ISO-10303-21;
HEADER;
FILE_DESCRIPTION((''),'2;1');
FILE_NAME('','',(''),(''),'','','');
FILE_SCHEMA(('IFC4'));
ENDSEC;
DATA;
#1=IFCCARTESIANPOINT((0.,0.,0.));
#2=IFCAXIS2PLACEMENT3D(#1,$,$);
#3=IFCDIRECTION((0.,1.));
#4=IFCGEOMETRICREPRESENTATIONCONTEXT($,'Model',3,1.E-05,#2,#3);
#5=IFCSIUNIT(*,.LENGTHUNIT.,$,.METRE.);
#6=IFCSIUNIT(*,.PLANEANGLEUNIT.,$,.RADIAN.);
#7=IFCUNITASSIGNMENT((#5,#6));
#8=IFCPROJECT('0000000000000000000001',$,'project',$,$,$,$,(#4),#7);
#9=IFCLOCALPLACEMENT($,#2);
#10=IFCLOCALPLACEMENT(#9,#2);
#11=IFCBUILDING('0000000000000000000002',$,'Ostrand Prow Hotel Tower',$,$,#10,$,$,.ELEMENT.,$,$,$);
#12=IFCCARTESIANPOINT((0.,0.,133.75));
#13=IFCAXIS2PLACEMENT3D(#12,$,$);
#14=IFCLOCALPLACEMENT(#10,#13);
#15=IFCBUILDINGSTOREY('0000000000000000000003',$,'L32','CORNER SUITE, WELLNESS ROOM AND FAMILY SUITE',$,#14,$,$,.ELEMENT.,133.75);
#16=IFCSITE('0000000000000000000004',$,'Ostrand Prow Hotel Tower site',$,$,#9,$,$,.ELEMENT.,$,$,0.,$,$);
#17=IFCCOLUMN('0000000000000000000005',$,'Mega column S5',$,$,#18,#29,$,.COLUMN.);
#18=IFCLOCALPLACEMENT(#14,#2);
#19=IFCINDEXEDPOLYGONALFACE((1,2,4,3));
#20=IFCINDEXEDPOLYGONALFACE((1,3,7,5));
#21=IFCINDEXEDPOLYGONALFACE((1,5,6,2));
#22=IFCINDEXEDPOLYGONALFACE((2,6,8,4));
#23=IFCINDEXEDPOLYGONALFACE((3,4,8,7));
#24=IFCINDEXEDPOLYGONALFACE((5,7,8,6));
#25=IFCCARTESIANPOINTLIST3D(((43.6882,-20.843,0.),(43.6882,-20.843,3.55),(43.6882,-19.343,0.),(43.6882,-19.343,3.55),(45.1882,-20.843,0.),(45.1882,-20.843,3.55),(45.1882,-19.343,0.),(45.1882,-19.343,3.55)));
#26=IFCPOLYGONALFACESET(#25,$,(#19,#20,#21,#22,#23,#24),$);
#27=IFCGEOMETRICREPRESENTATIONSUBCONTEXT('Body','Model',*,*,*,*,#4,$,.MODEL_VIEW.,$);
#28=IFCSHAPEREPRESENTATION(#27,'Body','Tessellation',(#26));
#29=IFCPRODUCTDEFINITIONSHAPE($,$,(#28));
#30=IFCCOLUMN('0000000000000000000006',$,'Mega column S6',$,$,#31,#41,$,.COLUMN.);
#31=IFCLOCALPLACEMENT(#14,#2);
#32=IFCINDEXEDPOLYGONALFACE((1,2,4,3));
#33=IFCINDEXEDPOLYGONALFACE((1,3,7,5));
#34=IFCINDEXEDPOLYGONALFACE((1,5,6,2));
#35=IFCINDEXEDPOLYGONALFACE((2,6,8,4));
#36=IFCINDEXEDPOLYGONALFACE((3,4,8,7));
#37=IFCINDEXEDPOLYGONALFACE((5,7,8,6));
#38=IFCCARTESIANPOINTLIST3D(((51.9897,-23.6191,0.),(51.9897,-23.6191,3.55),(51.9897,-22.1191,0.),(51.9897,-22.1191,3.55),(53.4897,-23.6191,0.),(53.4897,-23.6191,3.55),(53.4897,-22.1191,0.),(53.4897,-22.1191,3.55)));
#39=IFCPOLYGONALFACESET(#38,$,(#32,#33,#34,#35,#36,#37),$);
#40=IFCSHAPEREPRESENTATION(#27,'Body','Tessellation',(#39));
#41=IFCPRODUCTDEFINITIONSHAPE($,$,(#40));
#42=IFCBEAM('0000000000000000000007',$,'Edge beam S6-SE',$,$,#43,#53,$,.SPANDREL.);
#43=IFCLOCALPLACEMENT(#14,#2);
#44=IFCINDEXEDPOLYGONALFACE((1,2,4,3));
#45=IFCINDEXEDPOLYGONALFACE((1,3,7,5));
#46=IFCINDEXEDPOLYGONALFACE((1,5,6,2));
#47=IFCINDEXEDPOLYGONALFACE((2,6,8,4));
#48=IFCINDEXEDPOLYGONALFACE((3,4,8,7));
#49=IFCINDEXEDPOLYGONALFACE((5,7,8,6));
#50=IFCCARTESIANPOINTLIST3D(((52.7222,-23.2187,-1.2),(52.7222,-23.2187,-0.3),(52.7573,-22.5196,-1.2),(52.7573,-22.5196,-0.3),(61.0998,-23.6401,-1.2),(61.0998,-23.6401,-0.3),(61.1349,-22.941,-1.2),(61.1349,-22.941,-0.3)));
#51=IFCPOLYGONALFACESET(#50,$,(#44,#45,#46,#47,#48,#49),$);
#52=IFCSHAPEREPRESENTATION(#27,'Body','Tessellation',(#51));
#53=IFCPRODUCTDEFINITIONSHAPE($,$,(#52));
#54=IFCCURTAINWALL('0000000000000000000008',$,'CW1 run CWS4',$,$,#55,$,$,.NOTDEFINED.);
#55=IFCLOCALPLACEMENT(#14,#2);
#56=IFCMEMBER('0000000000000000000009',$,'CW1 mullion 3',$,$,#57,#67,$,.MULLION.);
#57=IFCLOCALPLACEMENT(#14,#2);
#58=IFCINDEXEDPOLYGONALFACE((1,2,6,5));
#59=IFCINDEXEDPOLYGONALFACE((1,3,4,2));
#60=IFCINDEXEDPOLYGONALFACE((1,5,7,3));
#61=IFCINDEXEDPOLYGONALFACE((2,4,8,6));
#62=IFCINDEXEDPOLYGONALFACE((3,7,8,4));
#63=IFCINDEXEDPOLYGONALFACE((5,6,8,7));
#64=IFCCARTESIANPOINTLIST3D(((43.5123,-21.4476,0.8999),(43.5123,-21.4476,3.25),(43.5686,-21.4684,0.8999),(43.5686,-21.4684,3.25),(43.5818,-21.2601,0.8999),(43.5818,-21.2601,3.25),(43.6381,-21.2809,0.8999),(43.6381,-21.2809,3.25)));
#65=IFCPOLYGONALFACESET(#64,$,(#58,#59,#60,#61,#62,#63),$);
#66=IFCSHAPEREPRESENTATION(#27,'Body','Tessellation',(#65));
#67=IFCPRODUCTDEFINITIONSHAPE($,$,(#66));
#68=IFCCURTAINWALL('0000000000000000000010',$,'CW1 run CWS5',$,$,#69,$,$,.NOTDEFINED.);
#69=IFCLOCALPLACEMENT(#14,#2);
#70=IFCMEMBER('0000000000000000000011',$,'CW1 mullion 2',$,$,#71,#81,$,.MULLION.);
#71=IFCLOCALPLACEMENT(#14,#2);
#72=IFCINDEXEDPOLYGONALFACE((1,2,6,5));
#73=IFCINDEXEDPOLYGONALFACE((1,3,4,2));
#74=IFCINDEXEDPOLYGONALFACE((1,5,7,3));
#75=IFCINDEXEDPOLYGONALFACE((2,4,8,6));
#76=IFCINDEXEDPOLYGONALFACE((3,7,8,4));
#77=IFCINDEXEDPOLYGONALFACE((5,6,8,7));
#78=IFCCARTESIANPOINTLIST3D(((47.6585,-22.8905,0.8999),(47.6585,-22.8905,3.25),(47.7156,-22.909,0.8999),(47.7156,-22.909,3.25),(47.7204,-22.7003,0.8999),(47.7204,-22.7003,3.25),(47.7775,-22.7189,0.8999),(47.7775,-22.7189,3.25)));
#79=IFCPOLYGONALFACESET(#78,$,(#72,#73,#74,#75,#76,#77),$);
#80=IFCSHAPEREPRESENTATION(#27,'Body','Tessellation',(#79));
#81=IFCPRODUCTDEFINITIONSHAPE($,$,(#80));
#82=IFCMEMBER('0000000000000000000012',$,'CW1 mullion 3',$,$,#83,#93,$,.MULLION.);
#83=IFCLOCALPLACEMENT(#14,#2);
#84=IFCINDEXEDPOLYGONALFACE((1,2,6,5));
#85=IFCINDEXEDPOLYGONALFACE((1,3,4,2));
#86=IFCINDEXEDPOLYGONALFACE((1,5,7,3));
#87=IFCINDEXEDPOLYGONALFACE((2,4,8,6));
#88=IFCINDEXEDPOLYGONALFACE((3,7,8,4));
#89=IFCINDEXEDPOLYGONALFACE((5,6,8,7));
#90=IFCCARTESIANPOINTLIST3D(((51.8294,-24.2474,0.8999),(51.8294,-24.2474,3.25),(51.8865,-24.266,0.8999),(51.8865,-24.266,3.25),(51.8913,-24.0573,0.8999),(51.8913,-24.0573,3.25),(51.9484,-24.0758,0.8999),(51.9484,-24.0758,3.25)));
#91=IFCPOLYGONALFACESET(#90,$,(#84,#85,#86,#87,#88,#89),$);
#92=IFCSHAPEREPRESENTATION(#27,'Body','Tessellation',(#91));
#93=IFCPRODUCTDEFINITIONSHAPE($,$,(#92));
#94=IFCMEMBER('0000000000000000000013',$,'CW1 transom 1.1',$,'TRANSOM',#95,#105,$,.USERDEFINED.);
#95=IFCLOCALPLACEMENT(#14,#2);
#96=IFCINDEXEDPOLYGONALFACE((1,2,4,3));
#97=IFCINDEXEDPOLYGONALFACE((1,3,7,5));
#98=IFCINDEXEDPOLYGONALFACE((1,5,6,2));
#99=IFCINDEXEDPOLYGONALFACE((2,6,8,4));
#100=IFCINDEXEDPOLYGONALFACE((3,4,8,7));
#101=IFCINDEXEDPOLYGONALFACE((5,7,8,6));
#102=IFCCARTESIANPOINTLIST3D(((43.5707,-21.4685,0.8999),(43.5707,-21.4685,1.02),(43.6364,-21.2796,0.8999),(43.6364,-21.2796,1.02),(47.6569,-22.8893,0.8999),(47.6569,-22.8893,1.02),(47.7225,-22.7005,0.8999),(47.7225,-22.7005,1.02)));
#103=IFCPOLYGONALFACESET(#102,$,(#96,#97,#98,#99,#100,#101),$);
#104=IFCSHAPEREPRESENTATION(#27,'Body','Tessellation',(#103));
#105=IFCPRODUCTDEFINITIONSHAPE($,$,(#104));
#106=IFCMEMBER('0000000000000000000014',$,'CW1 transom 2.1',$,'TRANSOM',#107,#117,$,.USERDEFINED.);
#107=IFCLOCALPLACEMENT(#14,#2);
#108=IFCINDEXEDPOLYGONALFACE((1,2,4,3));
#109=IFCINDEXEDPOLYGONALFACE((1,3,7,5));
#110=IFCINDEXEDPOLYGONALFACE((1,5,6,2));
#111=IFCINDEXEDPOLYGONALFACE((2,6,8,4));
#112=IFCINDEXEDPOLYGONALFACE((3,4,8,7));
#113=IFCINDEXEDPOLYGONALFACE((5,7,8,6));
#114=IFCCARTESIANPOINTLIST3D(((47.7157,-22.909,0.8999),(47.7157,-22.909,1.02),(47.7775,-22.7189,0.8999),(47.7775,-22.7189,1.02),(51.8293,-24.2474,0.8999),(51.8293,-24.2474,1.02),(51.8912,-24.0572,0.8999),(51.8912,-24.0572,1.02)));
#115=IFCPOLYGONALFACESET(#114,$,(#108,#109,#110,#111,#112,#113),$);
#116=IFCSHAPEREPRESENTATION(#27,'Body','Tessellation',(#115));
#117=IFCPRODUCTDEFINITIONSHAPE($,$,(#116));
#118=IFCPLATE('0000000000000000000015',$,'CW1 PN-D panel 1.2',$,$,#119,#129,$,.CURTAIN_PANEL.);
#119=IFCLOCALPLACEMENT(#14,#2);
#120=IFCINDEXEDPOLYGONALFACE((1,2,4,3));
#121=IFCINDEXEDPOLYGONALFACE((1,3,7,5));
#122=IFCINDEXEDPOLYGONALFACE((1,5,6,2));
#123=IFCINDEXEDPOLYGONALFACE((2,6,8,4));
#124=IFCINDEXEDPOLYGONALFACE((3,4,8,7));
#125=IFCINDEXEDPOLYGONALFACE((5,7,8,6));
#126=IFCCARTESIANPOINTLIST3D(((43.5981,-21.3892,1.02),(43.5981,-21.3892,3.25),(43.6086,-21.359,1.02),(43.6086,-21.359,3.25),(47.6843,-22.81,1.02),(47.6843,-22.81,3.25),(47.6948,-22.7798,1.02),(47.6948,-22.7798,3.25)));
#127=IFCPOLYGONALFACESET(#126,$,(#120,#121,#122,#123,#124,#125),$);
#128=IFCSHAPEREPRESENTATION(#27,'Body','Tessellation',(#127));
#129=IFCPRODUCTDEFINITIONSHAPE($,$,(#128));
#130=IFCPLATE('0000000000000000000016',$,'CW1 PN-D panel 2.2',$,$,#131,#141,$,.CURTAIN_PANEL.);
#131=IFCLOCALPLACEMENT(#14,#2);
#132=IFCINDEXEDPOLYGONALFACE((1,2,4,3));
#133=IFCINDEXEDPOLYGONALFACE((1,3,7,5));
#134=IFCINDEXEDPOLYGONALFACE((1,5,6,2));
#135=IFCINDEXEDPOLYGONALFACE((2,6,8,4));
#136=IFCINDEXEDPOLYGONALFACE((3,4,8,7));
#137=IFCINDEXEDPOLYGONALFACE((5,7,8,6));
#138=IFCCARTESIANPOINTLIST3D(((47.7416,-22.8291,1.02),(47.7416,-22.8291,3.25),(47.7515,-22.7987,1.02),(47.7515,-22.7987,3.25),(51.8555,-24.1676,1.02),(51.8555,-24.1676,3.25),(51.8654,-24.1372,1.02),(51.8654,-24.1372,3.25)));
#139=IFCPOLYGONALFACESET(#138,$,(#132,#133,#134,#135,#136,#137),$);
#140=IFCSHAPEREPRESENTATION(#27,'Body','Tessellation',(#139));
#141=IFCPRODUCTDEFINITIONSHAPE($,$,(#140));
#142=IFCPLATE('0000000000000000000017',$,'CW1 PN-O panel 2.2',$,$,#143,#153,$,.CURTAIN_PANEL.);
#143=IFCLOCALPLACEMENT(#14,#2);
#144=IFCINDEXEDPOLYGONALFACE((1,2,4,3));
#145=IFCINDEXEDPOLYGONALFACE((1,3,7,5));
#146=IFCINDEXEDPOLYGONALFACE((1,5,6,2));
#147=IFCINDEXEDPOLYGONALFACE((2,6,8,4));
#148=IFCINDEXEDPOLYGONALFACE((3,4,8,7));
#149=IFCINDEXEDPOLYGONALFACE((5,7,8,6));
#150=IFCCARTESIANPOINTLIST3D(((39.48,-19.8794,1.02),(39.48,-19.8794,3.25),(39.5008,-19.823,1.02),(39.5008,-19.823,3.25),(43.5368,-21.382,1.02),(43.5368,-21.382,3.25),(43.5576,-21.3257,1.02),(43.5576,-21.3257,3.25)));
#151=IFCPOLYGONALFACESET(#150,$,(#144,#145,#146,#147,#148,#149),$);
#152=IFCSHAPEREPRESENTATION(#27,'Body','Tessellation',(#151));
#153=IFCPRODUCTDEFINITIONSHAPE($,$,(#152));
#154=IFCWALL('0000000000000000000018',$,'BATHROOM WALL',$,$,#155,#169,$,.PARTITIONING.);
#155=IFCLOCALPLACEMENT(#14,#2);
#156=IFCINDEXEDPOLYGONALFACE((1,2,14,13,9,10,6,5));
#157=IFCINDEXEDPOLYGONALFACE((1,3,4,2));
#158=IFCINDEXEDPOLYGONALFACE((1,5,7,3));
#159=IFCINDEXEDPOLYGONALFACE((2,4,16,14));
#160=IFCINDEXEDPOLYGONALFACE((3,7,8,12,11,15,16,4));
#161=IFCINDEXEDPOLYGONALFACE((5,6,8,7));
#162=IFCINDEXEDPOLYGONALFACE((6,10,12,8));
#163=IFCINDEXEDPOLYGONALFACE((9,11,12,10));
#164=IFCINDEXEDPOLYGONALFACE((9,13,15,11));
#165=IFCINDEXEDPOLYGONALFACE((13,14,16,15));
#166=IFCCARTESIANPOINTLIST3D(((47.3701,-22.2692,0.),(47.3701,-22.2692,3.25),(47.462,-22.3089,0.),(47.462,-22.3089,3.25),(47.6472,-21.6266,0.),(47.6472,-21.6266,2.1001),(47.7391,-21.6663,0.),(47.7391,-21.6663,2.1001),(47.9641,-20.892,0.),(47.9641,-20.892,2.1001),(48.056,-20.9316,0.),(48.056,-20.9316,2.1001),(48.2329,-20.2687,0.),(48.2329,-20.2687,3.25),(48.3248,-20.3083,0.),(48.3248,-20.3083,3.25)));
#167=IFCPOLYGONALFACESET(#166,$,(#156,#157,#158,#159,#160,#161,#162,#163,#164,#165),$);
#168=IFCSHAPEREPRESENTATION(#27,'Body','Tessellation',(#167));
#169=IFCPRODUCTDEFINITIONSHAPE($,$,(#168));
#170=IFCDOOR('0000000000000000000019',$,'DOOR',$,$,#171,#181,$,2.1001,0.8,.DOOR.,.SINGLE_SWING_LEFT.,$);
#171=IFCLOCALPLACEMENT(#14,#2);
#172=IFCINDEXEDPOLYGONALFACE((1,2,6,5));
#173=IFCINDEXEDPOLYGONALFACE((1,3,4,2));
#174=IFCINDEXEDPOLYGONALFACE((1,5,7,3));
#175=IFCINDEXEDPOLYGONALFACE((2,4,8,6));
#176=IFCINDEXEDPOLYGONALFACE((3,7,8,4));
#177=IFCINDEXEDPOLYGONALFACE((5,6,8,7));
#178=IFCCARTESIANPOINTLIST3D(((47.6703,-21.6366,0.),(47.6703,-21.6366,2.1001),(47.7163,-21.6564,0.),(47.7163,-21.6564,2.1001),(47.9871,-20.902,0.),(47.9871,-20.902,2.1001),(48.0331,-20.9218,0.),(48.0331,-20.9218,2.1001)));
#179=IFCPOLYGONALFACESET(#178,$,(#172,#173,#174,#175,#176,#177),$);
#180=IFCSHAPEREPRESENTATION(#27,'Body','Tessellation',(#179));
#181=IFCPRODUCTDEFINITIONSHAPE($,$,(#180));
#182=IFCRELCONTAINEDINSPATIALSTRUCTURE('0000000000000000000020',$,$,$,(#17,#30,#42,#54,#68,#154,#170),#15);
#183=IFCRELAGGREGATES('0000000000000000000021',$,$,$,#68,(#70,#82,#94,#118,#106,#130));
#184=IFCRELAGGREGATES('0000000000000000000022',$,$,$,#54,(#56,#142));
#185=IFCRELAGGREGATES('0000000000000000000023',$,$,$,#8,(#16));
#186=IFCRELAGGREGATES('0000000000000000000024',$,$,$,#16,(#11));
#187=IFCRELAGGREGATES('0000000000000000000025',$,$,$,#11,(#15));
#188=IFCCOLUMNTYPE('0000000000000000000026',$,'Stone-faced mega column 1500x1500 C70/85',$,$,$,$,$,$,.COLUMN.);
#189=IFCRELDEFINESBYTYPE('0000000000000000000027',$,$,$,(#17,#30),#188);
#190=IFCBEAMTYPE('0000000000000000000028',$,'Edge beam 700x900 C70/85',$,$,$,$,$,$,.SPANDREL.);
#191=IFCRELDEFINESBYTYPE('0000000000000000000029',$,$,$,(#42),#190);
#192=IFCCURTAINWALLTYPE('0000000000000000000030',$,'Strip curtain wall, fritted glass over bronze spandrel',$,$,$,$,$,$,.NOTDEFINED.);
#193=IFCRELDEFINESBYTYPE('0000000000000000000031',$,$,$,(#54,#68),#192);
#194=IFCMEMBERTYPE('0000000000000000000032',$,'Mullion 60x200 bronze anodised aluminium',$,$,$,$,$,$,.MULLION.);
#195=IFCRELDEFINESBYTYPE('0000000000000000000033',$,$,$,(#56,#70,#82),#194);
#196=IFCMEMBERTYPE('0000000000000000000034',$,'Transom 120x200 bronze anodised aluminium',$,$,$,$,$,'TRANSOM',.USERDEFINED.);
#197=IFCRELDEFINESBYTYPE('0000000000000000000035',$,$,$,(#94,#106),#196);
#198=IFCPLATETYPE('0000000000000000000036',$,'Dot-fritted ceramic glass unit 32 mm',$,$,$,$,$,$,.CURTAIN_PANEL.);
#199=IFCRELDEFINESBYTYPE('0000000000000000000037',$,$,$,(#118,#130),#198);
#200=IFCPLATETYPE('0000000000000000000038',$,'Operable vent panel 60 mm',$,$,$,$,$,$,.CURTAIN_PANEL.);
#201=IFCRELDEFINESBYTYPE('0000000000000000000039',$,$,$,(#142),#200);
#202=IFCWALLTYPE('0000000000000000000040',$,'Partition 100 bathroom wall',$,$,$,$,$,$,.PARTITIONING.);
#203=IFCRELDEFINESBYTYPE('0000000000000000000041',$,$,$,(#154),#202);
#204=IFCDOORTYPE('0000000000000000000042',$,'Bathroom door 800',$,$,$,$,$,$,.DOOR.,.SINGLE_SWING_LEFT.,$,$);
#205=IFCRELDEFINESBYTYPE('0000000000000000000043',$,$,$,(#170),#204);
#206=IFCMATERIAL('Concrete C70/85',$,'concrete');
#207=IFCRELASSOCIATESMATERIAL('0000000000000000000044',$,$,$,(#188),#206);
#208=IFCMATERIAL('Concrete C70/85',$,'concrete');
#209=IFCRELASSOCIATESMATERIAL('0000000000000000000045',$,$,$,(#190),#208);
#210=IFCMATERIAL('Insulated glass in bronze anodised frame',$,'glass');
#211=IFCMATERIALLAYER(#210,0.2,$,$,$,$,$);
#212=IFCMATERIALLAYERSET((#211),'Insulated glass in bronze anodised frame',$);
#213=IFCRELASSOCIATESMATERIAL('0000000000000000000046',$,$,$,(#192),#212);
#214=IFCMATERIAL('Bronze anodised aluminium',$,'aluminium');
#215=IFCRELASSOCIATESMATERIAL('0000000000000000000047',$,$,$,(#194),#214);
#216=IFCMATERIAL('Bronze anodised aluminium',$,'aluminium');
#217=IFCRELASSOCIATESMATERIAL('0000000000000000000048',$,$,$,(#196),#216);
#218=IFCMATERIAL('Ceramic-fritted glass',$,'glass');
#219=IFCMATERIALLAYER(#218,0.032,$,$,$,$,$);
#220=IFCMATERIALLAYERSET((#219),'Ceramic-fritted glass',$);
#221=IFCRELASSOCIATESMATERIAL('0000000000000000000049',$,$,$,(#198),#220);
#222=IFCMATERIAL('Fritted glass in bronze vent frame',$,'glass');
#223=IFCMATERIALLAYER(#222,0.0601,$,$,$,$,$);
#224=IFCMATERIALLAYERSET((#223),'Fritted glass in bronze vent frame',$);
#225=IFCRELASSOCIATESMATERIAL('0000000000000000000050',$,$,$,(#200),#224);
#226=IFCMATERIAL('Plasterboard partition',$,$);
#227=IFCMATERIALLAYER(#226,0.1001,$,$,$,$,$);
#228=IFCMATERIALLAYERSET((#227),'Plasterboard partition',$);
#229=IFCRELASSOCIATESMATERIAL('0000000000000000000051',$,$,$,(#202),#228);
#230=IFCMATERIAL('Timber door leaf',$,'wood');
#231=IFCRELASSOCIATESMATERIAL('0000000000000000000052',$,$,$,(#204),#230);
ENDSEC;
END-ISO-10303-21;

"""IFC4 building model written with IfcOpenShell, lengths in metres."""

from ifc_helpers import new_model, si_unit, direction, frame, frame_2d, origin, origin_2d, place, context, subcontext, project, spatial, rectangle, extrude, material, layer, layer_set, material_profile, profile_set, type_object, element, fill, aggregate, save


model = new_model("IFC4")

# Units and contexts
model_context = context("Model", 3, precision=1e-05, world=origin(), true_north=direction((0.0, 1.0)))
body_context = subcontext(model_context, "Body", "Model", "MODEL_VIEW")
ifc_project = project(units=[si_unit("LENGTHUNIT", "METRE"), si_unit("PLANEANGLEUNIT", "RADIAN")], contexts=[model_context])

# Site, building, storey
site_placement = place(None, origin())
site = spatial("IfcSite", under=ifc_project, at=site_placement, Name="Ostrand Prow Hotel Tower site", CompositionType="ELEMENT", RefElevation=0.0)
building_placement = place(site_placement, origin())
building = spatial("IfcBuilding", under=site, at=building_placement, Name="Ostrand Prow Hotel Tower", CompositionType="ELEMENT")
storey_placement = place(building_placement, frame((0.0, 0.0, 133.75)))
storey = spatial("IfcBuildingStorey", under=building, at=storey_placement, Name="L32", Description="CORNER SUITE, WELLNESS ROOM AND FAMILY SUITE", CompositionType="ELEMENT", Elevation=133.75)

# Columns
ifc_material_1 = material(Name="Concrete C70/85", Category="concrete")
ifc_material_profile_1 = material_profile(ifc_material_1, rectangle(XDim=1.5, YDim=1.5, at=origin_2d()), Name="RC 1500x1500")
ifc_profile_set_1 = profile_set([ifc_material_profile_1], Name="Concrete C70/85")
column_type = type_object("IfcColumnType", Name="Stone-faced mega column 1500x1500 C70/85", PredefinedType="COLUMN", material=ifc_profile_set_1)
for number, where, z_axis, x_axis, name in (
    (1, (44.4382, -20.093, 0.0), (0.0, 0.0, 1.0), (1.0, 0.0, 0.0), "Mega column S5"),
    (2, (52.7397, -22.8691, 0.0), (0.0, 0.0, 1.0), (1.0, 0.0, 0.0), "Mega column S6"),
):
    element("IfcColumn", number, at=place(storey_placement, frame(where, z_axis=z_axis, x_axis=x_axis)), inside=storey, type_object=column_type, Name=name, PredefinedType="COLUMN", context=body_context, shape_type="SweptSolid", body=[
        extrude(rectangle(XDim=1.5, YDim=1.5, at=origin_2d()), origin(), (0.0, 0.0, 1.0), 3.55),
    ])

# Beam
ifc_material_2 = material(Name="Concrete C70/85", Category="concrete")
ifc_material_profile_2 = material_profile(ifc_material_2, rectangle(XDim=0.7, YDim=0.8999, at=origin_2d()), Name="RC 700x900")
ifc_profile_set_2 = profile_set([ifc_material_profile_2], Name="Concrete C70/85")
beam_type = type_object("IfcBeamType", Name="Edge beam 700x900 C70/85", PredefinedType="SPANDREL", material=ifc_profile_set_2)
beam_placement = place(storey_placement, frame((52.7397, -22.8691, -0.75), z_axis=(0.998737, -0.050235, 0.0), x_axis=(0.050235, 0.998737, 0.0)))
element("IfcBeam", 3, at=beam_placement, inside=storey, type_object=beam_type, Name="Edge beam S6-SE", PredefinedType="SPANDREL", context=body_context, shape_type="SweptSolid", body=[
    extrude(rectangle(XDim=0.7, YDim=0.8999, at=origin_2d()), origin(), (0.0, 0.0, 1.0), 8.3882),
])

# Curtain wall, member
ifc_material_3 = material(Name="Insulated glass in bronze anodised frame", Category="glass")
ifc_layer_1 = layer(ifc_material_3, 0.2)
ifc_layer_set_1 = layer_set([ifc_layer_1], Name="Insulated glass in bronze anodised frame")
curtain_wall_type = type_object("IfcCurtainWallType", Name="Strip curtain wall, fritted glass over bronze spandrel", PredefinedType="NOTDEFINED", material=ifc_layer_set_1)
curtain_wall_1_placement = place(storey_placement, origin())
curtain_wall_1 = element("IfcCurtainWall", 4, at=curtain_wall_1_placement, inside=storey, type_object=curtain_wall_type, Name="CW1 run CWS4", PredefinedType="NOTDEFINED")
ifc_material_4 = material(Name="Bronze anodised aluminium", Category="aluminium")
ifc_material_profile_3 = material_profile(ifc_material_4, rectangle(XDim=0.2, YDim=0.0601, at=origin_2d()), Name="Mullion 60x200 bronze anodised aluminium")
ifc_profile_set_3 = profile_set([ifc_material_profile_3], Name="Bronze anodised aluminium")
member_type_1 = type_object("IfcMemberType", Name="Mullion 60x200 bronze anodised aluminium", PredefinedType="MULLION", material=ifc_profile_set_3)
member_1_placement = place(storey_placement, frame((43.5752, -21.3643, 0.8999), z_axis=(0.0, 0.0, 1.0), x_axis=(0.347342, 0.937739, 0.0)))
member_1 = element("IfcMember", 5, at=member_1_placement, type_object=member_type_1, Name="CW1 mullion 3", PredefinedType="MULLION", context=body_context, shape_type="SweptSolid", body=[
    extrude(rectangle(XDim=0.2, YDim=0.0601, at=origin_2d()), origin(), (0.0, 0.0, 1.0), 2.3501),
])

# Curtain wall, members, plates
curtain_wall_2_placement = place(storey_placement, origin())
curtain_wall_2 = element("IfcCurtainWall", 6, at=curtain_wall_2_placement, inside=storey, type_object=curtain_wall_type, Name="CW1 run CWS5", PredefinedType="NOTDEFINED")
member_2_placement = place(storey_placement, frame((47.718, -22.8047, 0.8999), z_axis=(0.0, 0.0, 1.0), x_axis=(0.30938, 0.950938, 0.0)))
member_2 = element("IfcMember", 7, at=member_2_placement, type_object=member_type_1, Name="CW1 mullion 2", PredefinedType="MULLION", context=body_context, shape_type="SweptSolid", body=[
    extrude(rectangle(XDim=0.2, YDim=0.0601, at=origin_2d()), origin(), (0.0, 0.0, 1.0), 2.3501),
])
member_3_placement = place(storey_placement, frame((51.8889, -24.1616, 0.8999), z_axis=(0.0, 0.0, 1.0), x_axis=(0.30938, 0.950938, 0.0)))
member_3 = element("IfcMember", 8, at=member_3_placement, type_object=member_type_1, Name="CW1 mullion 3", PredefinedType="MULLION", context=body_context, shape_type="SweptSolid", body=[
    extrude(rectangle(XDim=0.2, YDim=0.0601, at=origin_2d()), origin(), (0.0, 0.0, 1.0), 2.3501),
])
ifc_material_5 = material(Name="Bronze anodised aluminium", Category="aluminium")
ifc_material_profile_4 = material_profile(ifc_material_5, rectangle(XDim=0.2, YDim=0.1201, at=origin_2d()), Name="Transom 120x200 bronze anodised aluminium")
ifc_profile_set_4 = profile_set([ifc_material_profile_4], Name="Bronze anodised aluminium")
member_type_2 = type_object("IfcMemberType", Name="Transom 120x200 bronze anodised aluminium", ElementType="TRANSOM", PredefinedType="USERDEFINED", material=ifc_profile_set_4)
member_4_placement = place(storey_placement, frame((43.6035, -21.374, 0.96), z_axis=(0.944524, -0.328442, 0.0), x_axis=(0.328442, 0.944524, 0.0)))
member_4 = element("IfcMember", 9, at=member_4_placement, type_object=member_type_2, Name="CW1 transom 1.1", ObjectType="TRANSOM", PredefinedType="USERDEFINED", context=body_context, shape_type="SweptSolid", body=[
    extrude(rectangle(XDim=0.2, YDim=0.1201, at=origin_2d()), origin(), (0.0, 0.0, 1.0), 4.3262),
])
member_5_placement = place(storey_placement, frame((47.7466, -22.814, 0.96), z_axis=(0.950939, -0.30938, 0.0), x_axis=(0.30938, 0.950939, 0.0)))
member_5 = element("IfcMember", 10, at=member_5_placement, type_object=member_type_2, Name="CW1 transom 2.1", ObjectType="TRANSOM", PredefinedType="USERDEFINED", context=body_context, shape_type="SweptSolid", body=[
    extrude(rectangle(XDim=0.2, YDim=0.1201, at=origin_2d()), origin(), (0.0, 0.0, 1.0), 4.3259),
])
ifc_material_6 = material(Name="Ceramic-fritted glass", Category="glass")
ifc_layer_2 = layer(ifc_material_6, 0.032)
ifc_layer_set_2 = layer_set([ifc_layer_2], Name="Ceramic-fritted glass")
plate_type_1 = type_object("IfcPlateType", Name="Dot-fritted ceramic glass unit 32 mm", PredefinedType="CURTAIN_PANEL", material=ifc_layer_set_2)
plate_1_placement = place(storey_placement, frame((45.6465, -22.0845, 1.02), z_axis=(0.0, 0.0, 1.0), x_axis=(0.944529, -0.328428, 0.0)))
plate_1 = element("IfcPlate", 11, at=plate_1_placement, type_object=plate_type_1, Name="CW1 PN-D panel 1.2", PredefinedType="CURTAIN_PANEL", context=body_context, shape_type="SweptSolid", body=[
    extrude(rectangle(XDim=4.3262, YDim=0.032, at=origin_2d()), origin(), (0.0, 0.0, 1.0), 2.23),
])
plate_2_placement = place(storey_placement, frame((49.8035, -23.4832, 1.02), z_axis=(0.0, 0.0, 1.0), x_axis=(0.950938, -0.30938, 0.0)))
plate_2 = element("IfcPlate", 12, at=plate_2_placement, type_object=plate_type_1, Name="CW1 PN-D panel 2.2", PredefinedType="CURTAIN_PANEL", context=body_context, shape_type="SweptSolid", body=[
    extrude(rectangle(XDim=4.3262, YDim=0.032, at=origin_2d()), origin(), (0.0, 0.0, 1.0), 2.23),
])
aggregate(curtain_wall_2, [member_2, member_3, member_4, plate_1, member_5, plate_2])

# Plate
ifc_material_7 = material(Name="Fritted glass in bronze vent frame", Category="glass")
ifc_layer_3 = layer(ifc_material_7, 0.0601)
ifc_layer_set_3 = layer_set([ifc_layer_3], Name="Fritted glass in bronze vent frame")
plate_type_2 = type_object("IfcPlateType", Name="Operable vent panel 60 mm", PredefinedType="CURTAIN_PANEL", material=ifc_layer_set_3)
plate_3_placement = place(storey_placement, frame((41.5188, -20.6025, 1.02), z_axis=(0.0, 0.0, 1.0), x_axis=(0.937739, -0.347342, 0.0)))
plate_3 = element("IfcPlate", 13, at=plate_3_placement, type_object=plate_type_2, Name="CW1 PN-O panel 2.2", PredefinedType="CURTAIN_PANEL", context=body_context, shape_type="SweptSolid", body=[
    extrude(rectangle(XDim=4.3262, YDim=0.0601, at=origin_2d()), origin(), (0.0, 0.0, 1.0), 2.23),
])
aggregate(curtain_wall_1, [member_1, plate_3])

# Wall, opening, door
ifc_material_8 = material(Name="Plasterboard partition")
ifc_layer_4 = layer(ifc_material_8, 0.1001)
ifc_layer_set_4 = layer_set([ifc_layer_4], Name="Plasterboard partition")
wall_type_1 = type_object("IfcWallType", Name="Partition 100 bathroom wall", PredefinedType="PARTITIONING", material=ifc_layer_set_4)
wall_1_placement = place(storey_placement, frame((47.416, -22.2891, 0.0), z_axis=(0.0, 0.0, 1.0), x_axis=(0.396028, 0.918238, 0.0)))
wall_1 = element("IfcWall", 14, at=wall_1_placement, inside=storey, type_object=wall_type_1, Name="BATHROOM WALL", PredefinedType="PARTITIONING", context=body_context, shape_type="SweptSolid", body=[
    extrude(rectangle(XDim=2.1787, YDim=0.1001, at=frame_2d((1.0894, 0.0))), origin(), (0.0, 0.0, 1.0), 3.25),
])
opening_1_placement = place(wall_1_placement, frame((0.7, 0.0, 0.0)))
opening_1 = element("IfcOpeningElement", 15, at=opening_1_placement, cuts=wall_1, PredefinedType="OPENING", context=body_context, shape_type="SweptSolid", body=[
    extrude(rectangle(XDim=0.8, YDim=2.1001, at=frame_2d((0.3999, 1.05))), frame((0.0, 0.0601, 0.0), z_axis=(0.0, -1.0, 0.0), x_axis=(1.0, 0.0, 0.0)), (0.0, 0.0, 1.0), 0.1201),
])
ifc_material_9 = material(Name="Timber door leaf", Category="wood")
door_type_1 = type_object("IfcDoorType", Name="Bathroom door 800", OperationType="SINGLE_SWING_LEFT", PredefinedType="DOOR", material=ifc_material_9)
door_1_placement = place(opening_1_placement, origin())
door_1 = element("IfcDoor", 16, at=door_1_placement, inside=storey, type_object=door_type_1, Name="DOOR", OperationType="SINGLE_SWING_LEFT", OverallHeight=2.1001, OverallWidth=0.8, PredefinedType="DOOR", context=body_context, shape_type="SweptSolid", body=[
    extrude(rectangle(XDim=0.8, YDim=2.1001, at=frame_2d((0.3999, 1.05))), frame((0.0, 0.0249, 0.0), z_axis=(0.0, -1.0, 0.0), x_axis=(1.0, 0.0, 0.0)), (0.0, 0.0, 1.0), 0.05),
])
fill(opening_1, door_1)

save(model, "model.ifc")
